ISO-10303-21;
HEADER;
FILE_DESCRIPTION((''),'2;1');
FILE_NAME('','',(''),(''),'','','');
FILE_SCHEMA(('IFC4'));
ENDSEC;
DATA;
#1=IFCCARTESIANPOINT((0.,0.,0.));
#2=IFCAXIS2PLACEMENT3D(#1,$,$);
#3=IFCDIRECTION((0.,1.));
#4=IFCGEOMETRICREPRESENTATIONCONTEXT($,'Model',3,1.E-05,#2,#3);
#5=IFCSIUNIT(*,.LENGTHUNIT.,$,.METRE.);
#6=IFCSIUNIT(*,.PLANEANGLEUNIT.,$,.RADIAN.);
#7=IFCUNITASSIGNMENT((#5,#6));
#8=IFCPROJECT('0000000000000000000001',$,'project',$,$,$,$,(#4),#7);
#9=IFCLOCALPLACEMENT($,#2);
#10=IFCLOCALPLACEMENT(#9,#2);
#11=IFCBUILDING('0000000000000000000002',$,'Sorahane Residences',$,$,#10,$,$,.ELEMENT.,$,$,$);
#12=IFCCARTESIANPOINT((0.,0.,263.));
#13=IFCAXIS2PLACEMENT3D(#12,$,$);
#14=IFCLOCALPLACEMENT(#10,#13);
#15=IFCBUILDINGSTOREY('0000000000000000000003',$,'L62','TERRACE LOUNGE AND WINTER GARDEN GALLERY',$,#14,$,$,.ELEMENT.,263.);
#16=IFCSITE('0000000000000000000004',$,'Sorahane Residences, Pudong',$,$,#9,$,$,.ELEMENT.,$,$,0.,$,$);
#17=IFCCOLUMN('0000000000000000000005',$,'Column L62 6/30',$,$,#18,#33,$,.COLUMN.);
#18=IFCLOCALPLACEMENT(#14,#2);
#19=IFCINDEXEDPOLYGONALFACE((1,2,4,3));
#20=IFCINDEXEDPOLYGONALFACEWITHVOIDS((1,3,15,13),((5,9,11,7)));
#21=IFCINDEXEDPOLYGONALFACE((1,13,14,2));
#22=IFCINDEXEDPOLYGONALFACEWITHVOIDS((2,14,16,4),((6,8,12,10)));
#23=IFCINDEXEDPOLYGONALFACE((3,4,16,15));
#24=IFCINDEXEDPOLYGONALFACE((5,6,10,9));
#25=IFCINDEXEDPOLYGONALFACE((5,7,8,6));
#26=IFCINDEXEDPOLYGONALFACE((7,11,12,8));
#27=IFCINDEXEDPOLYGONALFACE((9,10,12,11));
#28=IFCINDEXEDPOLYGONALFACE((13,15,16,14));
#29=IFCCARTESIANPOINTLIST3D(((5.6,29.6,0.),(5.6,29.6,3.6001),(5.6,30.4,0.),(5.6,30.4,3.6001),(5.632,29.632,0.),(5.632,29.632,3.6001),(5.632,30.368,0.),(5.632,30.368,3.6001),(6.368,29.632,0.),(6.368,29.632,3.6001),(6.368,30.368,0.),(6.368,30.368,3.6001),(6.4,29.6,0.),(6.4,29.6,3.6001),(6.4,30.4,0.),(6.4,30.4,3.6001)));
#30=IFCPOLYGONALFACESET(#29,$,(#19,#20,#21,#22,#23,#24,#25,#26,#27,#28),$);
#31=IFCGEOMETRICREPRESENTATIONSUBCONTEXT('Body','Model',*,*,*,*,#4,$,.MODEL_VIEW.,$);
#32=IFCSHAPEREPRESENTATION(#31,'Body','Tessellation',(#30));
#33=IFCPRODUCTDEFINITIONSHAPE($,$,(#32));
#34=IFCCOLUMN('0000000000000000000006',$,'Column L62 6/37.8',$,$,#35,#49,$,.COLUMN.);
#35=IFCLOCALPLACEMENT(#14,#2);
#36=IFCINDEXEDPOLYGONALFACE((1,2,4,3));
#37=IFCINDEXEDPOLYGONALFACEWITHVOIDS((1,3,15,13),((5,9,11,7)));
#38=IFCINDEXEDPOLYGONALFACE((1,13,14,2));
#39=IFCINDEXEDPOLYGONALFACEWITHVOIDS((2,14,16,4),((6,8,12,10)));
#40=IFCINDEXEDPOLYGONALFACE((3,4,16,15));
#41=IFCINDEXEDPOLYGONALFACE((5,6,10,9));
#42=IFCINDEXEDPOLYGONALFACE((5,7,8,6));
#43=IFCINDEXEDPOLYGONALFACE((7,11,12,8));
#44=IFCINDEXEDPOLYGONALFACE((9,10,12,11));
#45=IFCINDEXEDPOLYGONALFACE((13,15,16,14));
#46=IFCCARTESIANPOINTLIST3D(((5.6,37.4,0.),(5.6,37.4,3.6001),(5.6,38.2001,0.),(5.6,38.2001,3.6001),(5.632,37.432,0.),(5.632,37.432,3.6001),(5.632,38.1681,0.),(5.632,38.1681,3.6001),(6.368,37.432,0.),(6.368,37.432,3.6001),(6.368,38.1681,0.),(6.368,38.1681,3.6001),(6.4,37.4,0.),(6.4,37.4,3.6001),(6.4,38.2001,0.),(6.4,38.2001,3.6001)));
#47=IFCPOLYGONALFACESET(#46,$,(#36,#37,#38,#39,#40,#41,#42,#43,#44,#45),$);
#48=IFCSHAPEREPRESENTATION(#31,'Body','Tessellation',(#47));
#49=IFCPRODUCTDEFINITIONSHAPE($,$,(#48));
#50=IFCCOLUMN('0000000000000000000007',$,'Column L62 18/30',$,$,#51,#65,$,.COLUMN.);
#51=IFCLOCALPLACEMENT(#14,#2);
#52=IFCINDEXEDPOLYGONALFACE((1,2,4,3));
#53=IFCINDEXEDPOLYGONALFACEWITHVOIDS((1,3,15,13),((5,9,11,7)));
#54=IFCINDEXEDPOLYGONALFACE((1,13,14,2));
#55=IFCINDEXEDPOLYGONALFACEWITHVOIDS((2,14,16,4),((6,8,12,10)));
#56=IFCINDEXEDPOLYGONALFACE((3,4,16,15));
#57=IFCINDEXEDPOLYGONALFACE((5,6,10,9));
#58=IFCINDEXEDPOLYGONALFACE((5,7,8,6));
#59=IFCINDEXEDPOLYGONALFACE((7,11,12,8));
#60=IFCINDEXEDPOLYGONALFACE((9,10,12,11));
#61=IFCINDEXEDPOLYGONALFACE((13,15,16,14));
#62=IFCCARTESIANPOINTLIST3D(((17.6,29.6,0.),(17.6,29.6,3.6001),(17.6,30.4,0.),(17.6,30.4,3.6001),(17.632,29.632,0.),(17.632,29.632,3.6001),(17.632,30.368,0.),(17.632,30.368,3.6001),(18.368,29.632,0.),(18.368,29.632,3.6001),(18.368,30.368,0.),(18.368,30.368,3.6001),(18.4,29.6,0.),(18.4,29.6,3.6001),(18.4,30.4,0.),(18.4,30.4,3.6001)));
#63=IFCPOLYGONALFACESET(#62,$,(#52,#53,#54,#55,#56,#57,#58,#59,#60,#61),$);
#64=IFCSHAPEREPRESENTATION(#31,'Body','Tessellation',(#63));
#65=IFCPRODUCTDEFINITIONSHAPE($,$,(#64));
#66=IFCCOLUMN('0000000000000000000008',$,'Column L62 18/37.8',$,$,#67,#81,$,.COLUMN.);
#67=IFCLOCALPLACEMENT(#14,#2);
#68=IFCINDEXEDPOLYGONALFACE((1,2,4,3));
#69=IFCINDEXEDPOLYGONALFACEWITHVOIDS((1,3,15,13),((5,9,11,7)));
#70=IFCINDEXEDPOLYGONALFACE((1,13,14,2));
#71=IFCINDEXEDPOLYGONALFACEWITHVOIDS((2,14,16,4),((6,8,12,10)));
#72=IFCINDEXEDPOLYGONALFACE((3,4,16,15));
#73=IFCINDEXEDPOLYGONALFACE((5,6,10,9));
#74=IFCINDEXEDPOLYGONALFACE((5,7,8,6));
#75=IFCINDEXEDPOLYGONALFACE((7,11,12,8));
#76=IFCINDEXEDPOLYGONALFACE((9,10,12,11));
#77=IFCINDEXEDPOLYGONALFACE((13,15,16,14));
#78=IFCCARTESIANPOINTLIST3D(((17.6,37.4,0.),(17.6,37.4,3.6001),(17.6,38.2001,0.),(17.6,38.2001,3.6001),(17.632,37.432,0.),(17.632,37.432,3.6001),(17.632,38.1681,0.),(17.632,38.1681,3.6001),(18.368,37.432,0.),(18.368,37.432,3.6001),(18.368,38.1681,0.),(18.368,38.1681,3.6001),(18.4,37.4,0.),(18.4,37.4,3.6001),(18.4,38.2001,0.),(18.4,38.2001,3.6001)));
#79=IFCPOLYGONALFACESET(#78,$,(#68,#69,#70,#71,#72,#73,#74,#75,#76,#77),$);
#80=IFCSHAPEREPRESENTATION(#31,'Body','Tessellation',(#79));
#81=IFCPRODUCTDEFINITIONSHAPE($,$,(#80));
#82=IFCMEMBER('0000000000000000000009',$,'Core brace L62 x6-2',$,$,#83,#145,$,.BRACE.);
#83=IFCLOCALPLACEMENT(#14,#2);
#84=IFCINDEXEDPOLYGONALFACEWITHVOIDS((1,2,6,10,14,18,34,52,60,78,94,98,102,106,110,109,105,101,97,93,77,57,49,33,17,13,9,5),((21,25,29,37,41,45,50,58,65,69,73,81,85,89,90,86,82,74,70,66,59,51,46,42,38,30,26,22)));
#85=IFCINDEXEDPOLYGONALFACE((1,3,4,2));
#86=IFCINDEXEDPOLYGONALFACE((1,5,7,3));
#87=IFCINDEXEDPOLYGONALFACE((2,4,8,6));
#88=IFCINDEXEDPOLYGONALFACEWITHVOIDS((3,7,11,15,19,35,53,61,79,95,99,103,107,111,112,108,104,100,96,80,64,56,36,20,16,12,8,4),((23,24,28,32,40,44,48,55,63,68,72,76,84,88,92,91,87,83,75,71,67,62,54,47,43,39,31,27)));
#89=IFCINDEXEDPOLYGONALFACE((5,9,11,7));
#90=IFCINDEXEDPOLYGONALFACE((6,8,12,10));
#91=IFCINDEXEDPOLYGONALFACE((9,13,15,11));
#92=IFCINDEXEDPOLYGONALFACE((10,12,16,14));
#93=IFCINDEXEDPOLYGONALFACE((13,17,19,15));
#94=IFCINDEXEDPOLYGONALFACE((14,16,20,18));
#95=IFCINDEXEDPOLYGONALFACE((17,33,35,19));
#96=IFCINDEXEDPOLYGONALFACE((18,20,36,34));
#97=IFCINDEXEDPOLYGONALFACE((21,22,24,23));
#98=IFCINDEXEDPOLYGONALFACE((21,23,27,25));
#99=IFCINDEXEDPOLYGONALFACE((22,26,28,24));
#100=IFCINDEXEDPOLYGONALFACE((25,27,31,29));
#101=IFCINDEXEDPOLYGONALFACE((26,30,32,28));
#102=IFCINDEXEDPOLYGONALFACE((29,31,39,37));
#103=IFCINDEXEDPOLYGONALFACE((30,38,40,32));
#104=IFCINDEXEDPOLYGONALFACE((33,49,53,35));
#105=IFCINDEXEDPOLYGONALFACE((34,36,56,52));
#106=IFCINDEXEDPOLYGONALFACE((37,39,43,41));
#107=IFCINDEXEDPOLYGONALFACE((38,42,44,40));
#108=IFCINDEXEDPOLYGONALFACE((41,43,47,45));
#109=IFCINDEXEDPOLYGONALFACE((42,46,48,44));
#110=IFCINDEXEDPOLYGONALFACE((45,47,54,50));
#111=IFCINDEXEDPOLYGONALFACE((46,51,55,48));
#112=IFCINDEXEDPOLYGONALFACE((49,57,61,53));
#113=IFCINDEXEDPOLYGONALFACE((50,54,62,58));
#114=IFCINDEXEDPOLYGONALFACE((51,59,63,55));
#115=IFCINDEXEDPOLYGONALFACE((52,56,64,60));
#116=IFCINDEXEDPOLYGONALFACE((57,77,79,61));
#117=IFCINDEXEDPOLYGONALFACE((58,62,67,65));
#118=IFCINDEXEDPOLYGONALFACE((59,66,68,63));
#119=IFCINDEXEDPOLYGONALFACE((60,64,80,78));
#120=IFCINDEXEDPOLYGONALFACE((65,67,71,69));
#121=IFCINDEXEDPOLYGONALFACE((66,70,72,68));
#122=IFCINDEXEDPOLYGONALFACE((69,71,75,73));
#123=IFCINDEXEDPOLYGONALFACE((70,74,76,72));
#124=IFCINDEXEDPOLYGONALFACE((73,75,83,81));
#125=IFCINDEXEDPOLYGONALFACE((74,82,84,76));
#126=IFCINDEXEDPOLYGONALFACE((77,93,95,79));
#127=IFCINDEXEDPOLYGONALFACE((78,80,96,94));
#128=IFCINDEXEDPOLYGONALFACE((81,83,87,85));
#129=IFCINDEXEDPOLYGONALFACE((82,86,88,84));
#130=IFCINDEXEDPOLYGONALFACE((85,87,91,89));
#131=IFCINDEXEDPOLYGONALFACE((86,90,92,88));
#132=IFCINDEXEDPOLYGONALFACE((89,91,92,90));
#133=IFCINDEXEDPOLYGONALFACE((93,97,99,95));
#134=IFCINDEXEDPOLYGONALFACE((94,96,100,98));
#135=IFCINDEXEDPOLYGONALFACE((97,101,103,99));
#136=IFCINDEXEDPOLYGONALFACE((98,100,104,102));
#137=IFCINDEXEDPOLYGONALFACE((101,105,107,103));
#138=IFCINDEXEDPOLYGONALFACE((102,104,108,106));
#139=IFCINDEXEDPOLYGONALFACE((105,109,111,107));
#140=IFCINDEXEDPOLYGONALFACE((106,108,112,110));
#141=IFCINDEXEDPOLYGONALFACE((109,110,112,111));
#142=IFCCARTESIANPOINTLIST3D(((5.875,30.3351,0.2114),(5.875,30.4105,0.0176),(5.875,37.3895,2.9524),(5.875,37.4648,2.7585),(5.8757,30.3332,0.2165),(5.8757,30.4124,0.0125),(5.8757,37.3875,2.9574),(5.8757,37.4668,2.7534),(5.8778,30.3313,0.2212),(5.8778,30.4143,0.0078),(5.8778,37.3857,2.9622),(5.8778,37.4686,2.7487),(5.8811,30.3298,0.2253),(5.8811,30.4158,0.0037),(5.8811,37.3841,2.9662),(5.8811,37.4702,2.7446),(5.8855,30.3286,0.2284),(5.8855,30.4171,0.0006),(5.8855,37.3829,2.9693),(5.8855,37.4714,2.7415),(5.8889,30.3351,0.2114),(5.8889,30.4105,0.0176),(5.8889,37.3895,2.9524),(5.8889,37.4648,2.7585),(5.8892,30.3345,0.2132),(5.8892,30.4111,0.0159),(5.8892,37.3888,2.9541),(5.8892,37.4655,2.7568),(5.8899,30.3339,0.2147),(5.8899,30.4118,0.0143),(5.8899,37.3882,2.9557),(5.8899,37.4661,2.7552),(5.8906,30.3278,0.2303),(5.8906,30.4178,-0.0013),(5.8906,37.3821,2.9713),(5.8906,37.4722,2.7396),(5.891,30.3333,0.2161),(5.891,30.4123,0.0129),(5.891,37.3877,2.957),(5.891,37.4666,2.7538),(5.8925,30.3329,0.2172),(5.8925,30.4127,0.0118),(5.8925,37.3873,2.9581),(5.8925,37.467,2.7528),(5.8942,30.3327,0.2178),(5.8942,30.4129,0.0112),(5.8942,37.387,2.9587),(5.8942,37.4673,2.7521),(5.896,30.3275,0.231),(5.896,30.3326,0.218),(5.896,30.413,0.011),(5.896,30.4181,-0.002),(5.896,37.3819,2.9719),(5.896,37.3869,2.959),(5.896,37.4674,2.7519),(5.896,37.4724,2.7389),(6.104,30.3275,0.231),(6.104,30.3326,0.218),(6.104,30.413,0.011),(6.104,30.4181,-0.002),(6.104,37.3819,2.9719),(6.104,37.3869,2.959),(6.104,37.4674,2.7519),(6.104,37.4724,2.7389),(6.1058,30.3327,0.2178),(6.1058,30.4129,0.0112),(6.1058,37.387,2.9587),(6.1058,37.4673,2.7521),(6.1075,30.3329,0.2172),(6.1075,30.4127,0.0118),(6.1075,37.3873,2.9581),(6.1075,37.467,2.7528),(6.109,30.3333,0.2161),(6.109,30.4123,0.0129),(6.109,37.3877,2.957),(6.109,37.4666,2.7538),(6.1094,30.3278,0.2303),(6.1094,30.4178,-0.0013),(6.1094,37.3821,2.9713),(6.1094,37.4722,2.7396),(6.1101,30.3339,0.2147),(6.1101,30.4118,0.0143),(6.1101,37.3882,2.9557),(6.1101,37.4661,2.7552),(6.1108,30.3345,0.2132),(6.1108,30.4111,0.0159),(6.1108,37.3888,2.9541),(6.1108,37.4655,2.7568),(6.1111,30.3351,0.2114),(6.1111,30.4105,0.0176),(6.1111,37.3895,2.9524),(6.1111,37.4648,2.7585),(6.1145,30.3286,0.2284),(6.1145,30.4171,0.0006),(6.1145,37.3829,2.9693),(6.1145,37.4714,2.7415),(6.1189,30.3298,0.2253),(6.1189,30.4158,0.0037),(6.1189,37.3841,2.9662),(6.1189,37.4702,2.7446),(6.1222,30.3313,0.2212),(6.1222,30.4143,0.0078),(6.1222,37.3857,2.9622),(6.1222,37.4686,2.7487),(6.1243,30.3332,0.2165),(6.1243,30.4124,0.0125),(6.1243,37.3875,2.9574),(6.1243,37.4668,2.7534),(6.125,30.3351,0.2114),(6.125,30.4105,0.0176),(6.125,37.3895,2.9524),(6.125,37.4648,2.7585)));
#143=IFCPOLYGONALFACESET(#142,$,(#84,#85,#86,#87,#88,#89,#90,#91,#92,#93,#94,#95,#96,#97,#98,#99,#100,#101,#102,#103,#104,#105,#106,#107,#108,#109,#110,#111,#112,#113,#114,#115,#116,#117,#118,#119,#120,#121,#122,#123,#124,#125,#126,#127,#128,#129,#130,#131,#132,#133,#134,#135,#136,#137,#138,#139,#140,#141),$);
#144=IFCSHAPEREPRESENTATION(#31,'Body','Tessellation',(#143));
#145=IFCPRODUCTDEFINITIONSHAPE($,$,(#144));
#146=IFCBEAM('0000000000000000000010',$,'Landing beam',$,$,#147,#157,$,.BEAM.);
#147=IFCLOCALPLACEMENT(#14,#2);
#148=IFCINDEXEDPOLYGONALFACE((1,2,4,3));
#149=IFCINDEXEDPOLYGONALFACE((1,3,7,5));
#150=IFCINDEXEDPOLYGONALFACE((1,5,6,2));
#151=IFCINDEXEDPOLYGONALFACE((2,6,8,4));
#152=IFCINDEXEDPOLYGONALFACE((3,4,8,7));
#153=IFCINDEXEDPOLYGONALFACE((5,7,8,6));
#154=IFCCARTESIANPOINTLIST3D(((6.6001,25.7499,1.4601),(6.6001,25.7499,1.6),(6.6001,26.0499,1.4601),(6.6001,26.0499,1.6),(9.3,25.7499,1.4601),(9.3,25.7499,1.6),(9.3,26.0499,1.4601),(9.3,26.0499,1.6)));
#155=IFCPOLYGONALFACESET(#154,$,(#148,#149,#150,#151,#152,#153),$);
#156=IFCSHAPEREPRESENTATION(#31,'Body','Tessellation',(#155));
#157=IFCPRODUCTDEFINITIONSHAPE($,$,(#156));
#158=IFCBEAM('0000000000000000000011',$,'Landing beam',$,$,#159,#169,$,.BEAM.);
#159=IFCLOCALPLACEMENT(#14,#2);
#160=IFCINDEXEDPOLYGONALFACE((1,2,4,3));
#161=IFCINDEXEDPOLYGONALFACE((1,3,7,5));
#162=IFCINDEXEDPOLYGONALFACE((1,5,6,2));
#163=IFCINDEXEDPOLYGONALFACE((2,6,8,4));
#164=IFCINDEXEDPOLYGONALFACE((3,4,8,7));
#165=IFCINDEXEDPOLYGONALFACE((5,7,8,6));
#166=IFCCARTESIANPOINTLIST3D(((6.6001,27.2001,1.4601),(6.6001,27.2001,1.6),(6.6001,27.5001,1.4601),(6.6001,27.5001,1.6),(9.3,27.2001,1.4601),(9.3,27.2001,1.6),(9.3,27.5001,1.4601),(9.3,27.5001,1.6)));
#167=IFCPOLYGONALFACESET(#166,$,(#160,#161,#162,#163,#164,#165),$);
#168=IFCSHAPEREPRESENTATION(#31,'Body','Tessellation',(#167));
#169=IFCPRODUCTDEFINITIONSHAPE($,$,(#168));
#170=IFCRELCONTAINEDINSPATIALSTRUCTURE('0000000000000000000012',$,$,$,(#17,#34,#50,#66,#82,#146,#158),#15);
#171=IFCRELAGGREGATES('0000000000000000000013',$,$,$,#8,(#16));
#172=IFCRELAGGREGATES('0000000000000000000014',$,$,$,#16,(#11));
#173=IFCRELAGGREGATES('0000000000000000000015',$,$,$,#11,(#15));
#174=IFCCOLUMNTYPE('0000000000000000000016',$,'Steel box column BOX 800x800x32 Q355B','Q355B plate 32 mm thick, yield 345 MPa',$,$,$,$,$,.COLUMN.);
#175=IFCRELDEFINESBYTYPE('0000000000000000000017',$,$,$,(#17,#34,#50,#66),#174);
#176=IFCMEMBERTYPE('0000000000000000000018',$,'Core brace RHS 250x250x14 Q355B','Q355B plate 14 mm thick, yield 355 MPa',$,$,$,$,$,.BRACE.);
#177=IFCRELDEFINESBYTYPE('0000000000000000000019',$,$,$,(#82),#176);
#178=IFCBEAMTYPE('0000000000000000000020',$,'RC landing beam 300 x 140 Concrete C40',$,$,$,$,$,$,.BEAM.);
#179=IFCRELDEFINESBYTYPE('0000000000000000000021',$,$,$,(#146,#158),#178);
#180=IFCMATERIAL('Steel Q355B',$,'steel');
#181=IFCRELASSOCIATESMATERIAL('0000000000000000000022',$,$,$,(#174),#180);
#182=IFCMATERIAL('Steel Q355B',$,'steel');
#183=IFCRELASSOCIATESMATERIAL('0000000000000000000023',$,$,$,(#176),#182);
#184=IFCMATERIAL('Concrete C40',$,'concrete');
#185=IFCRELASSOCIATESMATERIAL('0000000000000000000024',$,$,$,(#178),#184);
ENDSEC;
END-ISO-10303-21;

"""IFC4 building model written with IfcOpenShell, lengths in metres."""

from ifc_helpers import new_model, si_unit, direction, frame, origin, origin_2d, place, context, subcontext, project, spatial, rectangle, hollow_rectangle, extrude, material, material_profile, profile_set, type_object, element, save


model = new_model("IFC4")

# Units and contexts
model_context = context("Model", 3, precision=1e-05, world=origin(), true_north=direction((0.0, 1.0)))
body_context = subcontext(model_context, "Body", "Model", "MODEL_VIEW")
ifc_project = project(units=[si_unit("LENGTHUNIT", "METRE"), si_unit("PLANEANGLEUNIT", "RADIAN")], contexts=[model_context])

# Site, building, storey
site_placement = place(None, origin())
site = spatial("IfcSite", under=ifc_project, at=site_placement, Name="Sorahane Residences, Pudong", CompositionType="ELEMENT", RefElevation=0.0)
building_placement = place(site_placement, origin())
building = spatial("IfcBuilding", under=site, at=building_placement, Name="Sorahane Residences", CompositionType="ELEMENT")
storey_placement = place(building_placement, frame((0.0, 0.0, 263.0)))
storey = spatial("IfcBuildingStorey", under=building, at=storey_placement, Name="L62", Description="TERRACE LOUNGE AND WINTER GARDEN GALLERY", CompositionType="ELEMENT", Elevation=263.0)

# Columns
ifc_material_1 = material(Name="Steel Q355B", Category="steel")
ifc_material_profile_1 = material_profile(ifc_material_1, hollow_rectangle(XDim=0.8, YDim=0.8, WallThickness=0.032, at=origin_2d()), Name="BOX 800x800x32")
ifc_profile_set_1 = profile_set([ifc_material_profile_1], Name="Steel Q355B")
column_type = type_object("IfcColumnType", Name="Steel box column BOX 800x800x32 Q355B", Description="Q355B plate 32 mm thick, yield 345 MPa", PredefinedType="COLUMN", material=ifc_profile_set_1)
for number, where, z_axis, x_axis, name in (
    (1, (6.0, 30.0, 0.0), (0.0, 0.0, 1.0), (1.0, 0.0, 0.0), "Column L62 6/30"),
    (2, (6.0, 37.8, 0.0), (0.0, 0.0, 1.0), (1.0, 0.0, 0.0), "Column L62 6/37.8"),
    (3, (18.0, 30.0, 0.0), (0.0, 0.0, 1.0), (1.0, 0.0, 0.0), "Column L62 18/30"),
    (4, (18.0, 37.8, 0.0), (0.0, 0.0, 1.0), (1.0, 0.0, 0.0), "Column L62 18/37.8"),
):
    element("IfcColumn", number, at=place(storey_placement, frame(where, z_axis=z_axis, x_axis=x_axis)), inside=storey, type_object=column_type, Name=name, PredefinedType="COLUMN", context=body_context, shape_type="SweptSolid", body=[
        extrude(hollow_rectangle(XDim=0.8, YDim=0.8, WallThickness=0.032, at=origin_2d()), origin(), (0.0, 0.0, 1.0), 3.6001),
    ])

# Member
ifc_material_2 = material(Name="Steel Q355B", Category="steel")
ifc_material_profile_2 = material_profile(ifc_material_2, hollow_rectangle(XDim=0.25, YDim=0.25, WallThickness=0.0139, InnerFilletRadius=0.0071, OuterFilletRadius=0.021, at=origin_2d()), Name="RHS 250x250x14")
ifc_profile_set_2 = profile_set([ifc_material_profile_2], Name="Steel Q355B")
member_type = type_object("IfcMemberType", Name="Core brace RHS 250x250x14 Q355B", Description="Q355B plate 14 mm thick, yield 355 MPa", PredefinedType="BRACE", material=ifc_profile_set_2)
member_placement = place(storey_placement, frame((6.0, 30.3728, 0.1145), z_axis=(0.0, 0.932113, 0.362168), x_axis=(-1.0, 0.0, 0.0)))
element("IfcMember", 5, at=member_placement, inside=storey, type_object=member_type, Name="Core brace L62 x6-2", PredefinedType="BRACE", context=body_context, shape_type="SweptSolid", body=[
    extrude(hollow_rectangle(XDim=0.25, YDim=0.25, WallThickness=0.0139, InnerFilletRadius=0.0071, OuterFilletRadius=0.021, at=origin_2d()), origin(), (0.0, 0.0, 1.0), 7.5681),
])

# Beams
ifc_material_3 = material(Name="Concrete C40", Category="concrete")
ifc_material_profile_3 = material_profile(ifc_material_3, rectangle(XDim=0.3, YDim=0.1399, at=origin_2d()), Name="300x140")
ifc_profile_set_3 = profile_set([ifc_material_profile_3], Name="Concrete C40")
beam_type_1 = type_object("IfcBeamType", Name="RC landing beam 300 x 140 Concrete C40", PredefinedType="BEAM", material=ifc_profile_set_3)
for number, where, z_axis, x_axis, name in (
    (6, (6.6001, 25.8999, 1.53), (1.0, 0.0, 0.0), (0.0, 1.0, 0.0), "Landing beam"),
    (7, (6.6001, 27.3501, 1.53), (1.0, 0.0, 0.0), (0.0, 1.0, 0.0), "Landing beam"),
):
    element("IfcBeam", number, at=place(storey_placement, frame(where, z_axis=z_axis, x_axis=x_axis)), inside=storey, type_object=beam_type_1, Name=name, PredefinedType="BEAM", context=body_context, shape_type="SweptSolid", body=[
        extrude(rectangle(XDim=0.3, YDim=0.1399, at=origin_2d()), origin(), (0.0, 0.0, 1.0), 2.7),
    ])

save(model, "model.ifc")
